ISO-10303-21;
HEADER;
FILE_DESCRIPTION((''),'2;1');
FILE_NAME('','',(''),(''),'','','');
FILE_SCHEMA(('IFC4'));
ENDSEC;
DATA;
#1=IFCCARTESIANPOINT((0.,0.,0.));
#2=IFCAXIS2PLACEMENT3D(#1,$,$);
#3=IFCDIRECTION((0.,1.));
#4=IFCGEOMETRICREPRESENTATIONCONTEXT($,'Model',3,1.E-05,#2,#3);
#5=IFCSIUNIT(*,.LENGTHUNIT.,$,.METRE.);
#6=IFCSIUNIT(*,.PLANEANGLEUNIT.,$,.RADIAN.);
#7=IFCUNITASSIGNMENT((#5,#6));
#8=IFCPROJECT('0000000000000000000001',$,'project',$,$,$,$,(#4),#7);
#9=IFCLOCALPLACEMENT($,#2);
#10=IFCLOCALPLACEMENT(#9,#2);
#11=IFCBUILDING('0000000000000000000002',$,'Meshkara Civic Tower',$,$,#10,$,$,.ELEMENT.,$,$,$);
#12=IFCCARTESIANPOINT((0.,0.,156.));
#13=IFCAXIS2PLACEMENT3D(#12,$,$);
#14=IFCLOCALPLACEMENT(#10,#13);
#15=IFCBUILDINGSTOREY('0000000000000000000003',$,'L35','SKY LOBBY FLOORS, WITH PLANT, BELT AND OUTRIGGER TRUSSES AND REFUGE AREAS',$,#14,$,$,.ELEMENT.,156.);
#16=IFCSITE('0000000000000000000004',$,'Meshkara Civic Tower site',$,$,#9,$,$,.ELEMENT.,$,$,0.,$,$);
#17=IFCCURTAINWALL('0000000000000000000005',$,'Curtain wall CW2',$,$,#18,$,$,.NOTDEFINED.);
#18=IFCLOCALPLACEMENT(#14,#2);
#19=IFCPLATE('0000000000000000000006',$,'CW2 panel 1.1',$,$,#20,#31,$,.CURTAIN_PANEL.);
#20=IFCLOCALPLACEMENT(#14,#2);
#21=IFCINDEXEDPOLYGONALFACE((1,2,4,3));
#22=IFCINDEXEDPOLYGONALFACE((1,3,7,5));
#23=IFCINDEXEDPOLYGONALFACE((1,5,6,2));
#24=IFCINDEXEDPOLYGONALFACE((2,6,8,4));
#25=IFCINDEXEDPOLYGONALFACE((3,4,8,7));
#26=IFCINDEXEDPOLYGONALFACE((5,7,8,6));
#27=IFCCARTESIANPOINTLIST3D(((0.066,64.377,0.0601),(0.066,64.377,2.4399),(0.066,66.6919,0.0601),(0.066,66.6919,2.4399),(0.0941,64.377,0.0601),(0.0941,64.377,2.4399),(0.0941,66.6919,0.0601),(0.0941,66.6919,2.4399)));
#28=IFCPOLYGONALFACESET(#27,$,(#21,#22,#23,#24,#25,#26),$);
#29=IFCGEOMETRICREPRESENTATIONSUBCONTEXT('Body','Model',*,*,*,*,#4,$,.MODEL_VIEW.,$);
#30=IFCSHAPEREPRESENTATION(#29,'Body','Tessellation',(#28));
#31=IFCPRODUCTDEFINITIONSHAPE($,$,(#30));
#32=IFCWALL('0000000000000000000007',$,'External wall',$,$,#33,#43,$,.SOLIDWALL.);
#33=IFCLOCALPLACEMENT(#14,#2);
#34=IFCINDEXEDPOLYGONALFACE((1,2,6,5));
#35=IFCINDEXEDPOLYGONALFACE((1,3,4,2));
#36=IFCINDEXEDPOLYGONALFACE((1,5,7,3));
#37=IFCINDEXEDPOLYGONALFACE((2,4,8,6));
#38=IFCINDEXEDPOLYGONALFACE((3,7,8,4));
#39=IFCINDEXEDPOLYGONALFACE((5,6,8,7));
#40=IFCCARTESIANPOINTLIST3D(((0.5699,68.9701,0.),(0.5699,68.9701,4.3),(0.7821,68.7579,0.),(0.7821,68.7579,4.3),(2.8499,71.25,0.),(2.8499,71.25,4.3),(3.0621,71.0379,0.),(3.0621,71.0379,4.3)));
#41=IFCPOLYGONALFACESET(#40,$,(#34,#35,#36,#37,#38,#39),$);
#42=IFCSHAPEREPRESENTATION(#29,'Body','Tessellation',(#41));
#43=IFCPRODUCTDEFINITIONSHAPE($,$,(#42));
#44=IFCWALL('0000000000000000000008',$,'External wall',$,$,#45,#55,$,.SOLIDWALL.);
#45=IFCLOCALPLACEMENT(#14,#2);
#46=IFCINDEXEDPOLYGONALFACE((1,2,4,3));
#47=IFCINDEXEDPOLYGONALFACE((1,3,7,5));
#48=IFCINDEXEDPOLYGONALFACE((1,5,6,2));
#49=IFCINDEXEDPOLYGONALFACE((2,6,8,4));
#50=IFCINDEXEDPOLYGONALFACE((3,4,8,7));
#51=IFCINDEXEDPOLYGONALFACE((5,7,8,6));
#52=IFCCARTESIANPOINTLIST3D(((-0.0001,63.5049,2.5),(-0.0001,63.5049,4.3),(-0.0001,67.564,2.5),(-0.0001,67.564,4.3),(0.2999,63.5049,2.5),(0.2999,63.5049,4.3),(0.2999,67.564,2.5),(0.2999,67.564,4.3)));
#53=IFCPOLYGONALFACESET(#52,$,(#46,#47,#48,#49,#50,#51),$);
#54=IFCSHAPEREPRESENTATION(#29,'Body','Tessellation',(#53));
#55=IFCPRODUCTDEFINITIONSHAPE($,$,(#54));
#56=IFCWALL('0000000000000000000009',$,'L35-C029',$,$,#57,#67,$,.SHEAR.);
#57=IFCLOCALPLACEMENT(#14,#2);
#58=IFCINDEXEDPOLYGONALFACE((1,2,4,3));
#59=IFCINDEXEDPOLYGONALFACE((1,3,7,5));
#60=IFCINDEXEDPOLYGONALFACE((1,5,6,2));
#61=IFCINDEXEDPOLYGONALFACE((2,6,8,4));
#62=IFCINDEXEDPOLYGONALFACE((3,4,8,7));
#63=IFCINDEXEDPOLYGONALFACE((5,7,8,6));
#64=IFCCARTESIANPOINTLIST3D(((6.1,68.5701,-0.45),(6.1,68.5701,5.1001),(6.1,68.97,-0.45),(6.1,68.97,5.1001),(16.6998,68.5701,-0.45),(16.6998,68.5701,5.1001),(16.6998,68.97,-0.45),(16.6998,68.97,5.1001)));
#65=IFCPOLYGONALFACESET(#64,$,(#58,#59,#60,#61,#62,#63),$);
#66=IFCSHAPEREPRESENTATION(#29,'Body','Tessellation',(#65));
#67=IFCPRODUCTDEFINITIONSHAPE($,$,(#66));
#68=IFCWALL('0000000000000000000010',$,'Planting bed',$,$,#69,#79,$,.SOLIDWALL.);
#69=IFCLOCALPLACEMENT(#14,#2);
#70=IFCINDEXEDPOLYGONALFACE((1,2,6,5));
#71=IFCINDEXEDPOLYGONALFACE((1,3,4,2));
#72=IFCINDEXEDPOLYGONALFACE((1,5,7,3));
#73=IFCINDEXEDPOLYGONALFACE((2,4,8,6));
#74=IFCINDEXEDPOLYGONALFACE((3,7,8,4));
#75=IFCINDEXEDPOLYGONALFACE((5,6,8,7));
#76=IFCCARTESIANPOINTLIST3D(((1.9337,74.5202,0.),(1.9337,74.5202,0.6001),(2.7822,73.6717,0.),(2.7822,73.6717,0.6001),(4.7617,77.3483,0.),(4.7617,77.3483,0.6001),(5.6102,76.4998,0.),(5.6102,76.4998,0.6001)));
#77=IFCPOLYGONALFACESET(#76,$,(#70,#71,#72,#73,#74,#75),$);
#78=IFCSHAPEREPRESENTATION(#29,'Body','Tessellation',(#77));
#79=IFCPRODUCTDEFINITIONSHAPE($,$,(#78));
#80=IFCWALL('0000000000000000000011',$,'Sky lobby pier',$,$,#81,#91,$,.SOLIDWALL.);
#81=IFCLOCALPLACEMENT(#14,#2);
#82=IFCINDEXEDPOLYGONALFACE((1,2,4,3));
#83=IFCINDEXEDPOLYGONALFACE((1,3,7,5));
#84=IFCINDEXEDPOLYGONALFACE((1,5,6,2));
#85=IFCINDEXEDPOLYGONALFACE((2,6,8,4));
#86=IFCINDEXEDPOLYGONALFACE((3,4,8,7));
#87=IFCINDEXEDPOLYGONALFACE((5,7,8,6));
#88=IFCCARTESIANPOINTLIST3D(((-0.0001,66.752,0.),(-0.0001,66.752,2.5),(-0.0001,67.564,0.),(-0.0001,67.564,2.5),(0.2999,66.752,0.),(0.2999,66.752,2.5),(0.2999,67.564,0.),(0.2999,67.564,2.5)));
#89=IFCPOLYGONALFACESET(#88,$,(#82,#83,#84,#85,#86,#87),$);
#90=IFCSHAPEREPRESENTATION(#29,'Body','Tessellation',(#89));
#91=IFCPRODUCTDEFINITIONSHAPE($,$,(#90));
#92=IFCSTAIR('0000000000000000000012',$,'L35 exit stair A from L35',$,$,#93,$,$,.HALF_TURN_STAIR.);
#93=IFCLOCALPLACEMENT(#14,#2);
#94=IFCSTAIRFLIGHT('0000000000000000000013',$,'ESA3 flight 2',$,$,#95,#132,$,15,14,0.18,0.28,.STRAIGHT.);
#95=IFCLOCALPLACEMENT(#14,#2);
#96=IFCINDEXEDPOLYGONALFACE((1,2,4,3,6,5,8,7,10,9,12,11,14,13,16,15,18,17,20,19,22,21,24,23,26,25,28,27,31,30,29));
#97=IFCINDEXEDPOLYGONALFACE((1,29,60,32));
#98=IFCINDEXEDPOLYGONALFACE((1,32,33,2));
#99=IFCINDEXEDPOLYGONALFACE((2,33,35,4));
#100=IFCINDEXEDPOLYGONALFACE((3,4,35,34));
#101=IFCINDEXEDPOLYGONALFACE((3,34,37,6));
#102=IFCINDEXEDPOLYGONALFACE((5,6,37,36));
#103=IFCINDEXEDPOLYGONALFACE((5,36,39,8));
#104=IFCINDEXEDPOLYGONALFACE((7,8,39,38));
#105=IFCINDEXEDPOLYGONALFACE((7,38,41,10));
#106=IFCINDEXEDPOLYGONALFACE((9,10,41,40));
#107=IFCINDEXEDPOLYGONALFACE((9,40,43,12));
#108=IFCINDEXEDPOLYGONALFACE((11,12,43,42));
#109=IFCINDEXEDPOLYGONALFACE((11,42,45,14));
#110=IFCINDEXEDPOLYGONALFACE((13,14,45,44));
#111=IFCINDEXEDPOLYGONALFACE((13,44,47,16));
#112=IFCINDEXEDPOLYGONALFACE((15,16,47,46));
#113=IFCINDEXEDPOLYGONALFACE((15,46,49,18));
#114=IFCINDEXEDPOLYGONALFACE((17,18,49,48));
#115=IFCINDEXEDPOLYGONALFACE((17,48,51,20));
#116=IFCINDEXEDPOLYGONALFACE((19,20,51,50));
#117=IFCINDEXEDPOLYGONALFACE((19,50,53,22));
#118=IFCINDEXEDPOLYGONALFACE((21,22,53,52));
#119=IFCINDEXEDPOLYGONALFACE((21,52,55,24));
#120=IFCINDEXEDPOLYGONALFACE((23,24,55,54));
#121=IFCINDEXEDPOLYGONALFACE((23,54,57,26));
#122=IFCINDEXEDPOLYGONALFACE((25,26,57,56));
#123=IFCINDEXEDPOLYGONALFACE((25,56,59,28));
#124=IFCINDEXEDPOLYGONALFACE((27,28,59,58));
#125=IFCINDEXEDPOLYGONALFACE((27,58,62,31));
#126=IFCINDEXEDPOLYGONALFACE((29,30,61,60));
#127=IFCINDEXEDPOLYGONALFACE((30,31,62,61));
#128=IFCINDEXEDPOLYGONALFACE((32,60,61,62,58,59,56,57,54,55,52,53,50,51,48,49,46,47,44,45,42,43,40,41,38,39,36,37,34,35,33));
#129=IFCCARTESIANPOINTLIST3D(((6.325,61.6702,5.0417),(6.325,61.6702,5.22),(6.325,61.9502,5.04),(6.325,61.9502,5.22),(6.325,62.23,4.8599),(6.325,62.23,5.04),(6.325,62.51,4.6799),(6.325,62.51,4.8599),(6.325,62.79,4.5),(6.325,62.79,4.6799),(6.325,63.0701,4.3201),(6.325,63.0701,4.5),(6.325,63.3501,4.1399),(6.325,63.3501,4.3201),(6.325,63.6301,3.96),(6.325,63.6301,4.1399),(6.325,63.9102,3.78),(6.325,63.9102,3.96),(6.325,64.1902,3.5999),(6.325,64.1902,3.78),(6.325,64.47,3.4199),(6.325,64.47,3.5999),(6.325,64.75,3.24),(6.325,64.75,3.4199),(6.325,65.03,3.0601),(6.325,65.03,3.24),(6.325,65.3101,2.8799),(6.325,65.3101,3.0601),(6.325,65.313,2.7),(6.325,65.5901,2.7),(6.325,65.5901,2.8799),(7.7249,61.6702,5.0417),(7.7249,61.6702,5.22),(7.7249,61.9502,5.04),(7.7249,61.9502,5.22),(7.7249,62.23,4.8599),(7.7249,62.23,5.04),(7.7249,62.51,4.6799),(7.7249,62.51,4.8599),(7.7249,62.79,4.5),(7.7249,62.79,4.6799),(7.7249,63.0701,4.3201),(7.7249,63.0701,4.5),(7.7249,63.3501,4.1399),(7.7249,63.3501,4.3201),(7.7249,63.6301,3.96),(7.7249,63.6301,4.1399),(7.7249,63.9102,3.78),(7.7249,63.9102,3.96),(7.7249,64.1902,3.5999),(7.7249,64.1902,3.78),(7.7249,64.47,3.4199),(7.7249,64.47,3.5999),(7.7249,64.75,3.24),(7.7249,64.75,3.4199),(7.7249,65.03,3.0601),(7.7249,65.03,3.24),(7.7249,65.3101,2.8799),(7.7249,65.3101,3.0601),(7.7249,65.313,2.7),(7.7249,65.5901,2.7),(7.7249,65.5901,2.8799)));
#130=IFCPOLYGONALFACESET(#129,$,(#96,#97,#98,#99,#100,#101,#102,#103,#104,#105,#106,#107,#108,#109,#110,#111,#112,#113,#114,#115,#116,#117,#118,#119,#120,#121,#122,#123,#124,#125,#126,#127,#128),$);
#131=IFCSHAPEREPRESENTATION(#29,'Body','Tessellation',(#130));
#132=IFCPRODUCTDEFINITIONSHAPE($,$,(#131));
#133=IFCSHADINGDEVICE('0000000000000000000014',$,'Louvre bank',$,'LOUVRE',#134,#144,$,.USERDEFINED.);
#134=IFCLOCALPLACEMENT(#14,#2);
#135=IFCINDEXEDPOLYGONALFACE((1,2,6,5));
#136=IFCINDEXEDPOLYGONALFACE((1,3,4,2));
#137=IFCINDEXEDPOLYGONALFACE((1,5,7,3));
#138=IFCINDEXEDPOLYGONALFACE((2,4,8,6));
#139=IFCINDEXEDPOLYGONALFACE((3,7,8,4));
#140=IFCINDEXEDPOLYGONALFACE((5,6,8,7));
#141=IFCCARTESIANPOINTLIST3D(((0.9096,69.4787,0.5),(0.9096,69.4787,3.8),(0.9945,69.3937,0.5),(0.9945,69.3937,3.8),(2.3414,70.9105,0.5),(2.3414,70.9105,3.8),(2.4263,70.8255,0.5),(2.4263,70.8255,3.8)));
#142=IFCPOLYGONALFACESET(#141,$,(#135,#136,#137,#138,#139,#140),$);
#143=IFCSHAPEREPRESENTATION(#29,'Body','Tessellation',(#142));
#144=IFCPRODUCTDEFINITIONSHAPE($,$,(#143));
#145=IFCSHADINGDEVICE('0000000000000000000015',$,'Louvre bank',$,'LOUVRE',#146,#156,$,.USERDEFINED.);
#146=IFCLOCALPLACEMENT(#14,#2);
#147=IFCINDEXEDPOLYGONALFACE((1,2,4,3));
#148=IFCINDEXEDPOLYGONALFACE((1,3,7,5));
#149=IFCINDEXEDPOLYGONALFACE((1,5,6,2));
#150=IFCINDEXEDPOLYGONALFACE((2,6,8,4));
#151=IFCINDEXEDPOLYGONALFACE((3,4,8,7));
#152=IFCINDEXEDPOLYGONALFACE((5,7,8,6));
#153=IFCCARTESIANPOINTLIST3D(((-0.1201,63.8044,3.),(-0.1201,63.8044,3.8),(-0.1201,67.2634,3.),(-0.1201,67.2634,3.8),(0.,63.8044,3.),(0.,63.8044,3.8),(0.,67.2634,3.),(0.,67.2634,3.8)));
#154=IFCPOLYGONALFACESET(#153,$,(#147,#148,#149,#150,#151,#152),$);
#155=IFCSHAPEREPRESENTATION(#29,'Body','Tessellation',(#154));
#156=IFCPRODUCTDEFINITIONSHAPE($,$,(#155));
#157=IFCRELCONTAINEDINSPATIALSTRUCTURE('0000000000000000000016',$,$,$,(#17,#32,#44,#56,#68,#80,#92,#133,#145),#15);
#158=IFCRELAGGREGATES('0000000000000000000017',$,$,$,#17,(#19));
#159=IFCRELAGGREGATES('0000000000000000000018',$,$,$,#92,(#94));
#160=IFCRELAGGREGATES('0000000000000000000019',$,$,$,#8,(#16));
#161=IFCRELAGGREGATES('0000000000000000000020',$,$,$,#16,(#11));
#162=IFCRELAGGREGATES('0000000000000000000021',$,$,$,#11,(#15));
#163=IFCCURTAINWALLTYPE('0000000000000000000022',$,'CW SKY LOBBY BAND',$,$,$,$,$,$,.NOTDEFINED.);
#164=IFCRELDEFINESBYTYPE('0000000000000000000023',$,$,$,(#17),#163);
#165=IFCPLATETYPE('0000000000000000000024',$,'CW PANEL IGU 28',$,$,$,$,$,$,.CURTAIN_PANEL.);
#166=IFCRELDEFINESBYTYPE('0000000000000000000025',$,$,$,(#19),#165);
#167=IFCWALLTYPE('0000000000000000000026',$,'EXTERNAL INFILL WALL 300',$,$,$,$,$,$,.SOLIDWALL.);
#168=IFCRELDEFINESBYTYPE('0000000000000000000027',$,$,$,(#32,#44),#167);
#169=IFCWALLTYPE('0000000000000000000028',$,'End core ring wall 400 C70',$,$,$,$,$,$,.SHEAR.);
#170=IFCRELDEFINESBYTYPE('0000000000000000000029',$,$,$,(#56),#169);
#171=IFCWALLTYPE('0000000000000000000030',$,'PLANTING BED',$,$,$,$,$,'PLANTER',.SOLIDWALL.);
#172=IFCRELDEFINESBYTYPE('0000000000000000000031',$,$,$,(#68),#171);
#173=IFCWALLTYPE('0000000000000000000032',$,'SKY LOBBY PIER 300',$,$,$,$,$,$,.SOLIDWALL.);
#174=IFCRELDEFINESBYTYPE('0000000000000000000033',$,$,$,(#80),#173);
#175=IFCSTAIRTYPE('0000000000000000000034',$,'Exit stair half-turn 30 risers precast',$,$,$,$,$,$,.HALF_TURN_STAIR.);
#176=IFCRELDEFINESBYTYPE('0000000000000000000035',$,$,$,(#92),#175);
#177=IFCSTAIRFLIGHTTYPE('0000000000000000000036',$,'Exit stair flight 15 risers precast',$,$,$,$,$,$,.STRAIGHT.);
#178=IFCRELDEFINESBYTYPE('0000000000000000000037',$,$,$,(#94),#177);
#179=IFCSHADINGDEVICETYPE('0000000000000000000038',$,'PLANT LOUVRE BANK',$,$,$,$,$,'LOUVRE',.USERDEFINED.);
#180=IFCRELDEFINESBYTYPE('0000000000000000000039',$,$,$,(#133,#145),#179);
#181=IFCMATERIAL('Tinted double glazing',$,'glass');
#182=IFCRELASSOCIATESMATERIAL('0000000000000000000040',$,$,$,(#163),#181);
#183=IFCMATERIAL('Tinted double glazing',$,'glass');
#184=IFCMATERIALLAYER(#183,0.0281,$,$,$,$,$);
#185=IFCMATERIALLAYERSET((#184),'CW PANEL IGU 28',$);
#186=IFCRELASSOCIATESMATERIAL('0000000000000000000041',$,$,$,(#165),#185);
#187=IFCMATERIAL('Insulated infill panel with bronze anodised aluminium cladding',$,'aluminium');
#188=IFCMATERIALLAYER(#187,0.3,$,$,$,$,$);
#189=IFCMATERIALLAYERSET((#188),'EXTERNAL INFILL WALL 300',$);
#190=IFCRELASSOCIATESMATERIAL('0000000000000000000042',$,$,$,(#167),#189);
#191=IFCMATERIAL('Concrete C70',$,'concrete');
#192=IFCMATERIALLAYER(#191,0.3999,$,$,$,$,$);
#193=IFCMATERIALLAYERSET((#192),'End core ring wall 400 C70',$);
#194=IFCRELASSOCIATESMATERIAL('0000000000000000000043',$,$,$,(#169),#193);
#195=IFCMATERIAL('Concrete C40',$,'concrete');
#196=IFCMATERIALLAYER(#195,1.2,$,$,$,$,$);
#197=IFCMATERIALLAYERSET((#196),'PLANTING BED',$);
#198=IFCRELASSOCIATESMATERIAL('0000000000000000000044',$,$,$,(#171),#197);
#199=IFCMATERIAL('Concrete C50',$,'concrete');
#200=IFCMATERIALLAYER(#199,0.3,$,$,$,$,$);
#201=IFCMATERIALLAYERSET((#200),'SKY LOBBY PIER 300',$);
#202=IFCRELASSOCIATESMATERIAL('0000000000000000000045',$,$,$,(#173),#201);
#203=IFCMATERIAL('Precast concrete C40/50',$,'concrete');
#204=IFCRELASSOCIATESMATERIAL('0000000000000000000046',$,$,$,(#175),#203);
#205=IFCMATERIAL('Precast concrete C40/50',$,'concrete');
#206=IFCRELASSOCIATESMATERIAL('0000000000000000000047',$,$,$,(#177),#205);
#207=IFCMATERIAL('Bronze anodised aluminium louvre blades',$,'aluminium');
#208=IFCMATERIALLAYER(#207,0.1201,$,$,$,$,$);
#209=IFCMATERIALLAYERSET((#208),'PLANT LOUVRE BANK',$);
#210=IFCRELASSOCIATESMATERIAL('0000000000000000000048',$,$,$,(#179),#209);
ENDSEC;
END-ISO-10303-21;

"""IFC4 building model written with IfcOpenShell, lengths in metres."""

from ifc_helpers import new_model, si_unit, direction, frame, frame_2d, origin, origin_2d, place, context, subcontext, project, spatial, polyline, rectangle, outline, extrude, material, layer, layer_set, type_object, element, aggregate, save


model = new_model("IFC4")

# Units and contexts
model_context = context("Model", 3, precision=1e-05, world=origin(), true_north=direction((0.0, 1.0)))
body_context = subcontext(model_context, "Body", "Model", "MODEL_VIEW")
ifc_project = project(units=[si_unit("LENGTHUNIT", "METRE"), si_unit("PLANEANGLEUNIT", "RADIAN")], contexts=[model_context])

# Site, building, storey
site_placement = place(None, origin())
site = spatial("IfcSite", under=ifc_project, at=site_placement, Name="Meshkara Civic Tower site", CompositionType="ELEMENT", RefElevation=0.0)
building_placement = place(site_placement, origin())
building = spatial("IfcBuilding", under=site, at=building_placement, Name="Meshkara Civic Tower", CompositionType="ELEMENT")
storey_placement = place(building_placement, frame((0.0, 0.0, 156.0)))
storey = spatial("IfcBuildingStorey", under=building, at=storey_placement, Name="L35", Description="SKY LOBBY FLOORS, WITH PLANT, BELT AND OUTRIGGER TRUSSES AND REFUGE AREAS", CompositionType="ELEMENT", Elevation=156.0)

# Curtain wall
ifc_material_1 = material(Name="Tinted double glazing", Category="glass")
curtain_wall_type = type_object("IfcCurtainWallType", Name="CW SKY LOBBY BAND", PredefinedType="NOTDEFINED", material=ifc_material_1)
curtain_wall_placement = place(storey_placement, origin())
curtain_wall = element("IfcCurtainWall", 1, at=curtain_wall_placement, inside=storey, type_object=curtain_wall_type, Name="Curtain wall CW2", PredefinedType="NOTDEFINED")

# Plate
ifc_material_2 = material(Name="Tinted double glazing", Category="glass")
ifc_layer_1 = layer(ifc_material_2, 0.0281)
ifc_layer_set_1 = layer_set([ifc_layer_1], Name="CW PANEL IGU 28")
plate_type = type_object("IfcPlateType", Name="CW PANEL IGU 28", PredefinedType="CURTAIN_PANEL", material=ifc_layer_set_1)
plate_placement = place(storey_placement, frame((0.0801, 65.5344, 0.0601), z_axis=(0.0, 0.0, 1.0), x_axis=(0.0, -1.0, 0.0)))
plate = element("IfcPlate", 2, at=plate_placement, type_object=plate_type, Name="CW2 panel 1.1", PredefinedType="CURTAIN_PANEL", context=body_context, shape_type="SweptSolid", body=[
    extrude(rectangle(XDim=2.3149, YDim=0.0281, at=origin_2d()), origin(), (0.0, 0.0, 1.0), 2.3799),
])
aggregate(curtain_wall, [plate])

# Walls
ifc_material_3 = material(Name="Insulated infill panel with bronze anodised aluminium cladding", Category="aluminium")
ifc_layer_2 = layer(ifc_material_3, 0.3)
ifc_layer_set_2 = layer_set([ifc_layer_2], Name="EXTERNAL INFILL WALL 300")
wall_type_1 = type_object("IfcWallType", Name="EXTERNAL INFILL WALL 300", PredefinedType="SOLIDWALL", material=ifc_layer_set_2)
wall_1_placement = place(storey_placement, frame((2.9561, 71.144, 0.0), z_axis=(0.0, 0.0, 1.0), x_axis=(-0.707107, -0.707107, 0.0)))
element("IfcWall", 3, at=wall_1_placement, inside=storey, type_object=wall_type_1, Name="External wall", PredefinedType="SOLIDWALL", context=body_context, shape_type="SweptSolid", body=[
    extrude(rectangle(XDim=3.2244, YDim=0.3, at=frame_2d((1.6123, 0.0))), origin(), (0.0, 0.0, 1.0), 4.3),
])
wall_2_placement = place(storey_placement, frame((0.1499, 67.564, 2.5), z_axis=(0.0, 0.0, 1.0), x_axis=(0.0, -1.0, 0.0)))
element("IfcWall", 4, at=wall_2_placement, inside=storey, type_object=wall_type_1, Name="External wall", PredefinedType="SOLIDWALL", context=body_context, shape_type="SweptSolid", body=[
    extrude(rectangle(XDim=4.0591, YDim=0.3, at=frame_2d((2.0295, 0.0))), origin(), (0.0, 0.0, 1.0), 1.8),
])
ifc_material_4 = material(Name="Concrete C70", Category="concrete")
ifc_layer_3 = layer(ifc_material_4, 0.3999)
ifc_layer_set_3 = layer_set([ifc_layer_3], Name="End core ring wall 400 C70")
wall_type_2 = type_object("IfcWallType", Name="End core ring wall 400 C70", PredefinedType="SHEAR", material=ifc_layer_set_3)
wall_3_placement = place(storey_placement, frame((6.1001, 68.77, -0.45), z_axis=(0.0, 0.0, 1.0), x_axis=(1.0, 0.0, 0.0)))
element("IfcWall", 5, at=wall_3_placement, inside=storey, type_object=wall_type_2, Name="L35-C029", PredefinedType="SHEAR", context=body_context, shape_type="SweptSolid", body=[
    extrude(rectangle(XDim=10.5999, YDim=0.3999, at=frame_2d((5.2998, 0.0))), origin(), (0.0, 0.0, 1.0), 5.55),
])
ifc_material_5 = material(Name="Concrete C40", Category="concrete")
ifc_layer_4 = layer(ifc_material_5, 1.2)
ifc_layer_set_4 = layer_set([ifc_layer_4], Name="PLANTING BED")
wall_type_3 = type_object("IfcWallType", Name="PLANTING BED", ElementType="PLANTER", PredefinedType="SOLIDWALL", material=ifc_layer_set_4)
wall_4_placement = place(storey_placement, frame((2.3579, 74.0959, 0.0), z_axis=(0.0, 0.0, 1.0), x_axis=(0.707107, 0.707107, 0.0)))
element("IfcWall", 6, at=wall_4_placement, inside=storey, type_object=wall_type_3, Name="Planting bed", PredefinedType="SOLIDWALL", context=body_context, shape_type="SweptSolid", body=[
    extrude(rectangle(XDim=3.9995, YDim=1.2, at=frame_2d((1.9998, 0.0))), origin(), (0.0, 0.0, 1.0), 0.6001),
])
ifc_material_6 = material(Name="Concrete C50", Category="concrete")
ifc_layer_5 = layer(ifc_material_6, 0.3)
ifc_layer_set_5 = layer_set([ifc_layer_5], Name="SKY LOBBY PIER 300")
wall_type_4 = type_object("IfcWallType", Name="SKY LOBBY PIER 300", PredefinedType="SOLIDWALL", material=ifc_layer_set_5)
wall_5_placement = place(storey_placement, frame((0.1499, 67.564, 0.0), z_axis=(0.0, 0.0, 1.0), x_axis=(0.0, -1.0, 0.0)))
element("IfcWall", 7, at=wall_5_placement, inside=storey, type_object=wall_type_4, Name="Sky lobby pier", PredefinedType="SOLIDWALL", context=body_context, shape_type="SweptSolid", body=[
    extrude(rectangle(XDim=0.812, YDim=0.3, at=frame_2d((0.406, 0.0))), origin(), (0.0, 0.0, 1.0), 2.5),
])

# Stair, stair flight
ifc_material_7 = material(Name="Precast concrete C40/50", Category="concrete")
stair_type = type_object("IfcStairType", Name="Exit stair half-turn 30 risers precast", PredefinedType="HALF_TURN_STAIR", material=ifc_material_7)
stair_placement = place(storey_placement, origin())
stair = element("IfcStair", 8, at=stair_placement, inside=storey, type_object=stair_type, Name="L35 exit stair A from L35", PredefinedType="HALF_TURN_STAIR")
ifc_material_8 = material(Name="Precast concrete C40/50", Category="concrete")
stair_flight_type = type_object("IfcStairFlightType", Name="Exit stair flight 15 risers precast", PredefinedType="STRAIGHT", material=ifc_material_8)
stair_flight_placement = place(storey_placement, frame((7.0249, 65.5901, 2.7), z_axis=(0.0, 0.0, 1.0), x_axis=(0.0, -1.0, 0.0)))
stair_flight = element("IfcStairFlight", 9, at=stair_flight_placement, type_object=stair_flight_type, Name="ESA3 flight 2", NumberOfRisers=15, NumberOfTreads=14, PredefinedType="STRAIGHT", RiserHeight=0.18, TreadLength=0.28, context=body_context, shape_type="SweptSolid", body=[
    extrude(outline(polyline([(0.0, 0.0), (0.0, 0.1799), (0.28, 0.1799), (0.28, 0.3601), (0.5601, 0.3601), (0.5601, 0.54), (0.8401, 0.54), (0.8401, 0.72), (1.1201, 0.72), (1.1201, 0.8999), (1.3999, 0.8999), (1.3999, 1.0801), (1.6799, 1.0801), (1.6799, 1.26), (1.96, 1.26), (1.96, 1.4399), (2.24, 1.4399), (2.24, 1.6201), (2.52, 1.6201), (2.52, 1.8), (2.8, 1.8), (2.8, 1.98), (3.0801, 1.98), (3.0801, 2.1599), (3.3601, 2.1599), (3.3601, 2.3401), (3.6399, 2.3401), (3.6399, 2.52), (3.9199, 2.52), (3.9199, 2.7), (3.9199, 2.3418), (0.2771, 0.0), (0.0, 0.0)])), frame((0.0, 0.7, 0.0), z_axis=(0.0, -1.0, 0.0), x_axis=(1.0, 0.0, 0.0)), (0.0, 0.0, 1.0), 1.3999),
])
aggregate(stair, [stair_flight])

# Shading devices
ifc_material_9 = material(Name="Bronze anodised aluminium louvre blades", Category="aluminium")
ifc_layer_6 = layer(ifc_material_9, 0.1201)
ifc_layer_set_6 = layer_set([ifc_layer_6], Name="PLANT LOUVRE BANK")
shading_device_type = type_object("IfcShadingDeviceType", Name="PLANT LOUVRE BANK", ElementType="LOUVRE", PredefinedType="USERDEFINED", material=ifc_layer_set_6)
shading_device_1_placement = place(storey_placement, frame((1.668, 70.1521, 0.5), z_axis=(0.0, 0.0, 1.0), x_axis=(-0.707107, -0.707107, 0.0)))
element("IfcShadingDevice", 10, at=shading_device_1_placement, inside=storey, type_object=shading_device_type, Name="Louvre bank", ObjectType="LOUVRE", PredefinedType="USERDEFINED", context=body_context, shape_type="SweptSolid", body=[
    extrude(rectangle(XDim=2.0249, YDim=0.1201, at=origin_2d()), origin(), (0.0, 0.0, 1.0), 3.3),
])
shading_device_2_placement = place(storey_placement, frame((-0.0601, 65.5339, 3.0), z_axis=(0.0, 0.0, 1.0), x_axis=(0.0, -1.0, 0.0)))
element("IfcShadingDevice", 11, at=shading_device_2_placement, inside=storey, type_object=shading_device_type, Name="Louvre bank", ObjectType="LOUVRE", PredefinedType="USERDEFINED", context=body_context, shape_type="SweptSolid", body=[
    extrude(rectangle(XDim=3.459, YDim=0.1201, at=origin_2d()), origin(), (0.0, 0.0, 1.0), 0.8),
])

save(model, "model.ifc")
